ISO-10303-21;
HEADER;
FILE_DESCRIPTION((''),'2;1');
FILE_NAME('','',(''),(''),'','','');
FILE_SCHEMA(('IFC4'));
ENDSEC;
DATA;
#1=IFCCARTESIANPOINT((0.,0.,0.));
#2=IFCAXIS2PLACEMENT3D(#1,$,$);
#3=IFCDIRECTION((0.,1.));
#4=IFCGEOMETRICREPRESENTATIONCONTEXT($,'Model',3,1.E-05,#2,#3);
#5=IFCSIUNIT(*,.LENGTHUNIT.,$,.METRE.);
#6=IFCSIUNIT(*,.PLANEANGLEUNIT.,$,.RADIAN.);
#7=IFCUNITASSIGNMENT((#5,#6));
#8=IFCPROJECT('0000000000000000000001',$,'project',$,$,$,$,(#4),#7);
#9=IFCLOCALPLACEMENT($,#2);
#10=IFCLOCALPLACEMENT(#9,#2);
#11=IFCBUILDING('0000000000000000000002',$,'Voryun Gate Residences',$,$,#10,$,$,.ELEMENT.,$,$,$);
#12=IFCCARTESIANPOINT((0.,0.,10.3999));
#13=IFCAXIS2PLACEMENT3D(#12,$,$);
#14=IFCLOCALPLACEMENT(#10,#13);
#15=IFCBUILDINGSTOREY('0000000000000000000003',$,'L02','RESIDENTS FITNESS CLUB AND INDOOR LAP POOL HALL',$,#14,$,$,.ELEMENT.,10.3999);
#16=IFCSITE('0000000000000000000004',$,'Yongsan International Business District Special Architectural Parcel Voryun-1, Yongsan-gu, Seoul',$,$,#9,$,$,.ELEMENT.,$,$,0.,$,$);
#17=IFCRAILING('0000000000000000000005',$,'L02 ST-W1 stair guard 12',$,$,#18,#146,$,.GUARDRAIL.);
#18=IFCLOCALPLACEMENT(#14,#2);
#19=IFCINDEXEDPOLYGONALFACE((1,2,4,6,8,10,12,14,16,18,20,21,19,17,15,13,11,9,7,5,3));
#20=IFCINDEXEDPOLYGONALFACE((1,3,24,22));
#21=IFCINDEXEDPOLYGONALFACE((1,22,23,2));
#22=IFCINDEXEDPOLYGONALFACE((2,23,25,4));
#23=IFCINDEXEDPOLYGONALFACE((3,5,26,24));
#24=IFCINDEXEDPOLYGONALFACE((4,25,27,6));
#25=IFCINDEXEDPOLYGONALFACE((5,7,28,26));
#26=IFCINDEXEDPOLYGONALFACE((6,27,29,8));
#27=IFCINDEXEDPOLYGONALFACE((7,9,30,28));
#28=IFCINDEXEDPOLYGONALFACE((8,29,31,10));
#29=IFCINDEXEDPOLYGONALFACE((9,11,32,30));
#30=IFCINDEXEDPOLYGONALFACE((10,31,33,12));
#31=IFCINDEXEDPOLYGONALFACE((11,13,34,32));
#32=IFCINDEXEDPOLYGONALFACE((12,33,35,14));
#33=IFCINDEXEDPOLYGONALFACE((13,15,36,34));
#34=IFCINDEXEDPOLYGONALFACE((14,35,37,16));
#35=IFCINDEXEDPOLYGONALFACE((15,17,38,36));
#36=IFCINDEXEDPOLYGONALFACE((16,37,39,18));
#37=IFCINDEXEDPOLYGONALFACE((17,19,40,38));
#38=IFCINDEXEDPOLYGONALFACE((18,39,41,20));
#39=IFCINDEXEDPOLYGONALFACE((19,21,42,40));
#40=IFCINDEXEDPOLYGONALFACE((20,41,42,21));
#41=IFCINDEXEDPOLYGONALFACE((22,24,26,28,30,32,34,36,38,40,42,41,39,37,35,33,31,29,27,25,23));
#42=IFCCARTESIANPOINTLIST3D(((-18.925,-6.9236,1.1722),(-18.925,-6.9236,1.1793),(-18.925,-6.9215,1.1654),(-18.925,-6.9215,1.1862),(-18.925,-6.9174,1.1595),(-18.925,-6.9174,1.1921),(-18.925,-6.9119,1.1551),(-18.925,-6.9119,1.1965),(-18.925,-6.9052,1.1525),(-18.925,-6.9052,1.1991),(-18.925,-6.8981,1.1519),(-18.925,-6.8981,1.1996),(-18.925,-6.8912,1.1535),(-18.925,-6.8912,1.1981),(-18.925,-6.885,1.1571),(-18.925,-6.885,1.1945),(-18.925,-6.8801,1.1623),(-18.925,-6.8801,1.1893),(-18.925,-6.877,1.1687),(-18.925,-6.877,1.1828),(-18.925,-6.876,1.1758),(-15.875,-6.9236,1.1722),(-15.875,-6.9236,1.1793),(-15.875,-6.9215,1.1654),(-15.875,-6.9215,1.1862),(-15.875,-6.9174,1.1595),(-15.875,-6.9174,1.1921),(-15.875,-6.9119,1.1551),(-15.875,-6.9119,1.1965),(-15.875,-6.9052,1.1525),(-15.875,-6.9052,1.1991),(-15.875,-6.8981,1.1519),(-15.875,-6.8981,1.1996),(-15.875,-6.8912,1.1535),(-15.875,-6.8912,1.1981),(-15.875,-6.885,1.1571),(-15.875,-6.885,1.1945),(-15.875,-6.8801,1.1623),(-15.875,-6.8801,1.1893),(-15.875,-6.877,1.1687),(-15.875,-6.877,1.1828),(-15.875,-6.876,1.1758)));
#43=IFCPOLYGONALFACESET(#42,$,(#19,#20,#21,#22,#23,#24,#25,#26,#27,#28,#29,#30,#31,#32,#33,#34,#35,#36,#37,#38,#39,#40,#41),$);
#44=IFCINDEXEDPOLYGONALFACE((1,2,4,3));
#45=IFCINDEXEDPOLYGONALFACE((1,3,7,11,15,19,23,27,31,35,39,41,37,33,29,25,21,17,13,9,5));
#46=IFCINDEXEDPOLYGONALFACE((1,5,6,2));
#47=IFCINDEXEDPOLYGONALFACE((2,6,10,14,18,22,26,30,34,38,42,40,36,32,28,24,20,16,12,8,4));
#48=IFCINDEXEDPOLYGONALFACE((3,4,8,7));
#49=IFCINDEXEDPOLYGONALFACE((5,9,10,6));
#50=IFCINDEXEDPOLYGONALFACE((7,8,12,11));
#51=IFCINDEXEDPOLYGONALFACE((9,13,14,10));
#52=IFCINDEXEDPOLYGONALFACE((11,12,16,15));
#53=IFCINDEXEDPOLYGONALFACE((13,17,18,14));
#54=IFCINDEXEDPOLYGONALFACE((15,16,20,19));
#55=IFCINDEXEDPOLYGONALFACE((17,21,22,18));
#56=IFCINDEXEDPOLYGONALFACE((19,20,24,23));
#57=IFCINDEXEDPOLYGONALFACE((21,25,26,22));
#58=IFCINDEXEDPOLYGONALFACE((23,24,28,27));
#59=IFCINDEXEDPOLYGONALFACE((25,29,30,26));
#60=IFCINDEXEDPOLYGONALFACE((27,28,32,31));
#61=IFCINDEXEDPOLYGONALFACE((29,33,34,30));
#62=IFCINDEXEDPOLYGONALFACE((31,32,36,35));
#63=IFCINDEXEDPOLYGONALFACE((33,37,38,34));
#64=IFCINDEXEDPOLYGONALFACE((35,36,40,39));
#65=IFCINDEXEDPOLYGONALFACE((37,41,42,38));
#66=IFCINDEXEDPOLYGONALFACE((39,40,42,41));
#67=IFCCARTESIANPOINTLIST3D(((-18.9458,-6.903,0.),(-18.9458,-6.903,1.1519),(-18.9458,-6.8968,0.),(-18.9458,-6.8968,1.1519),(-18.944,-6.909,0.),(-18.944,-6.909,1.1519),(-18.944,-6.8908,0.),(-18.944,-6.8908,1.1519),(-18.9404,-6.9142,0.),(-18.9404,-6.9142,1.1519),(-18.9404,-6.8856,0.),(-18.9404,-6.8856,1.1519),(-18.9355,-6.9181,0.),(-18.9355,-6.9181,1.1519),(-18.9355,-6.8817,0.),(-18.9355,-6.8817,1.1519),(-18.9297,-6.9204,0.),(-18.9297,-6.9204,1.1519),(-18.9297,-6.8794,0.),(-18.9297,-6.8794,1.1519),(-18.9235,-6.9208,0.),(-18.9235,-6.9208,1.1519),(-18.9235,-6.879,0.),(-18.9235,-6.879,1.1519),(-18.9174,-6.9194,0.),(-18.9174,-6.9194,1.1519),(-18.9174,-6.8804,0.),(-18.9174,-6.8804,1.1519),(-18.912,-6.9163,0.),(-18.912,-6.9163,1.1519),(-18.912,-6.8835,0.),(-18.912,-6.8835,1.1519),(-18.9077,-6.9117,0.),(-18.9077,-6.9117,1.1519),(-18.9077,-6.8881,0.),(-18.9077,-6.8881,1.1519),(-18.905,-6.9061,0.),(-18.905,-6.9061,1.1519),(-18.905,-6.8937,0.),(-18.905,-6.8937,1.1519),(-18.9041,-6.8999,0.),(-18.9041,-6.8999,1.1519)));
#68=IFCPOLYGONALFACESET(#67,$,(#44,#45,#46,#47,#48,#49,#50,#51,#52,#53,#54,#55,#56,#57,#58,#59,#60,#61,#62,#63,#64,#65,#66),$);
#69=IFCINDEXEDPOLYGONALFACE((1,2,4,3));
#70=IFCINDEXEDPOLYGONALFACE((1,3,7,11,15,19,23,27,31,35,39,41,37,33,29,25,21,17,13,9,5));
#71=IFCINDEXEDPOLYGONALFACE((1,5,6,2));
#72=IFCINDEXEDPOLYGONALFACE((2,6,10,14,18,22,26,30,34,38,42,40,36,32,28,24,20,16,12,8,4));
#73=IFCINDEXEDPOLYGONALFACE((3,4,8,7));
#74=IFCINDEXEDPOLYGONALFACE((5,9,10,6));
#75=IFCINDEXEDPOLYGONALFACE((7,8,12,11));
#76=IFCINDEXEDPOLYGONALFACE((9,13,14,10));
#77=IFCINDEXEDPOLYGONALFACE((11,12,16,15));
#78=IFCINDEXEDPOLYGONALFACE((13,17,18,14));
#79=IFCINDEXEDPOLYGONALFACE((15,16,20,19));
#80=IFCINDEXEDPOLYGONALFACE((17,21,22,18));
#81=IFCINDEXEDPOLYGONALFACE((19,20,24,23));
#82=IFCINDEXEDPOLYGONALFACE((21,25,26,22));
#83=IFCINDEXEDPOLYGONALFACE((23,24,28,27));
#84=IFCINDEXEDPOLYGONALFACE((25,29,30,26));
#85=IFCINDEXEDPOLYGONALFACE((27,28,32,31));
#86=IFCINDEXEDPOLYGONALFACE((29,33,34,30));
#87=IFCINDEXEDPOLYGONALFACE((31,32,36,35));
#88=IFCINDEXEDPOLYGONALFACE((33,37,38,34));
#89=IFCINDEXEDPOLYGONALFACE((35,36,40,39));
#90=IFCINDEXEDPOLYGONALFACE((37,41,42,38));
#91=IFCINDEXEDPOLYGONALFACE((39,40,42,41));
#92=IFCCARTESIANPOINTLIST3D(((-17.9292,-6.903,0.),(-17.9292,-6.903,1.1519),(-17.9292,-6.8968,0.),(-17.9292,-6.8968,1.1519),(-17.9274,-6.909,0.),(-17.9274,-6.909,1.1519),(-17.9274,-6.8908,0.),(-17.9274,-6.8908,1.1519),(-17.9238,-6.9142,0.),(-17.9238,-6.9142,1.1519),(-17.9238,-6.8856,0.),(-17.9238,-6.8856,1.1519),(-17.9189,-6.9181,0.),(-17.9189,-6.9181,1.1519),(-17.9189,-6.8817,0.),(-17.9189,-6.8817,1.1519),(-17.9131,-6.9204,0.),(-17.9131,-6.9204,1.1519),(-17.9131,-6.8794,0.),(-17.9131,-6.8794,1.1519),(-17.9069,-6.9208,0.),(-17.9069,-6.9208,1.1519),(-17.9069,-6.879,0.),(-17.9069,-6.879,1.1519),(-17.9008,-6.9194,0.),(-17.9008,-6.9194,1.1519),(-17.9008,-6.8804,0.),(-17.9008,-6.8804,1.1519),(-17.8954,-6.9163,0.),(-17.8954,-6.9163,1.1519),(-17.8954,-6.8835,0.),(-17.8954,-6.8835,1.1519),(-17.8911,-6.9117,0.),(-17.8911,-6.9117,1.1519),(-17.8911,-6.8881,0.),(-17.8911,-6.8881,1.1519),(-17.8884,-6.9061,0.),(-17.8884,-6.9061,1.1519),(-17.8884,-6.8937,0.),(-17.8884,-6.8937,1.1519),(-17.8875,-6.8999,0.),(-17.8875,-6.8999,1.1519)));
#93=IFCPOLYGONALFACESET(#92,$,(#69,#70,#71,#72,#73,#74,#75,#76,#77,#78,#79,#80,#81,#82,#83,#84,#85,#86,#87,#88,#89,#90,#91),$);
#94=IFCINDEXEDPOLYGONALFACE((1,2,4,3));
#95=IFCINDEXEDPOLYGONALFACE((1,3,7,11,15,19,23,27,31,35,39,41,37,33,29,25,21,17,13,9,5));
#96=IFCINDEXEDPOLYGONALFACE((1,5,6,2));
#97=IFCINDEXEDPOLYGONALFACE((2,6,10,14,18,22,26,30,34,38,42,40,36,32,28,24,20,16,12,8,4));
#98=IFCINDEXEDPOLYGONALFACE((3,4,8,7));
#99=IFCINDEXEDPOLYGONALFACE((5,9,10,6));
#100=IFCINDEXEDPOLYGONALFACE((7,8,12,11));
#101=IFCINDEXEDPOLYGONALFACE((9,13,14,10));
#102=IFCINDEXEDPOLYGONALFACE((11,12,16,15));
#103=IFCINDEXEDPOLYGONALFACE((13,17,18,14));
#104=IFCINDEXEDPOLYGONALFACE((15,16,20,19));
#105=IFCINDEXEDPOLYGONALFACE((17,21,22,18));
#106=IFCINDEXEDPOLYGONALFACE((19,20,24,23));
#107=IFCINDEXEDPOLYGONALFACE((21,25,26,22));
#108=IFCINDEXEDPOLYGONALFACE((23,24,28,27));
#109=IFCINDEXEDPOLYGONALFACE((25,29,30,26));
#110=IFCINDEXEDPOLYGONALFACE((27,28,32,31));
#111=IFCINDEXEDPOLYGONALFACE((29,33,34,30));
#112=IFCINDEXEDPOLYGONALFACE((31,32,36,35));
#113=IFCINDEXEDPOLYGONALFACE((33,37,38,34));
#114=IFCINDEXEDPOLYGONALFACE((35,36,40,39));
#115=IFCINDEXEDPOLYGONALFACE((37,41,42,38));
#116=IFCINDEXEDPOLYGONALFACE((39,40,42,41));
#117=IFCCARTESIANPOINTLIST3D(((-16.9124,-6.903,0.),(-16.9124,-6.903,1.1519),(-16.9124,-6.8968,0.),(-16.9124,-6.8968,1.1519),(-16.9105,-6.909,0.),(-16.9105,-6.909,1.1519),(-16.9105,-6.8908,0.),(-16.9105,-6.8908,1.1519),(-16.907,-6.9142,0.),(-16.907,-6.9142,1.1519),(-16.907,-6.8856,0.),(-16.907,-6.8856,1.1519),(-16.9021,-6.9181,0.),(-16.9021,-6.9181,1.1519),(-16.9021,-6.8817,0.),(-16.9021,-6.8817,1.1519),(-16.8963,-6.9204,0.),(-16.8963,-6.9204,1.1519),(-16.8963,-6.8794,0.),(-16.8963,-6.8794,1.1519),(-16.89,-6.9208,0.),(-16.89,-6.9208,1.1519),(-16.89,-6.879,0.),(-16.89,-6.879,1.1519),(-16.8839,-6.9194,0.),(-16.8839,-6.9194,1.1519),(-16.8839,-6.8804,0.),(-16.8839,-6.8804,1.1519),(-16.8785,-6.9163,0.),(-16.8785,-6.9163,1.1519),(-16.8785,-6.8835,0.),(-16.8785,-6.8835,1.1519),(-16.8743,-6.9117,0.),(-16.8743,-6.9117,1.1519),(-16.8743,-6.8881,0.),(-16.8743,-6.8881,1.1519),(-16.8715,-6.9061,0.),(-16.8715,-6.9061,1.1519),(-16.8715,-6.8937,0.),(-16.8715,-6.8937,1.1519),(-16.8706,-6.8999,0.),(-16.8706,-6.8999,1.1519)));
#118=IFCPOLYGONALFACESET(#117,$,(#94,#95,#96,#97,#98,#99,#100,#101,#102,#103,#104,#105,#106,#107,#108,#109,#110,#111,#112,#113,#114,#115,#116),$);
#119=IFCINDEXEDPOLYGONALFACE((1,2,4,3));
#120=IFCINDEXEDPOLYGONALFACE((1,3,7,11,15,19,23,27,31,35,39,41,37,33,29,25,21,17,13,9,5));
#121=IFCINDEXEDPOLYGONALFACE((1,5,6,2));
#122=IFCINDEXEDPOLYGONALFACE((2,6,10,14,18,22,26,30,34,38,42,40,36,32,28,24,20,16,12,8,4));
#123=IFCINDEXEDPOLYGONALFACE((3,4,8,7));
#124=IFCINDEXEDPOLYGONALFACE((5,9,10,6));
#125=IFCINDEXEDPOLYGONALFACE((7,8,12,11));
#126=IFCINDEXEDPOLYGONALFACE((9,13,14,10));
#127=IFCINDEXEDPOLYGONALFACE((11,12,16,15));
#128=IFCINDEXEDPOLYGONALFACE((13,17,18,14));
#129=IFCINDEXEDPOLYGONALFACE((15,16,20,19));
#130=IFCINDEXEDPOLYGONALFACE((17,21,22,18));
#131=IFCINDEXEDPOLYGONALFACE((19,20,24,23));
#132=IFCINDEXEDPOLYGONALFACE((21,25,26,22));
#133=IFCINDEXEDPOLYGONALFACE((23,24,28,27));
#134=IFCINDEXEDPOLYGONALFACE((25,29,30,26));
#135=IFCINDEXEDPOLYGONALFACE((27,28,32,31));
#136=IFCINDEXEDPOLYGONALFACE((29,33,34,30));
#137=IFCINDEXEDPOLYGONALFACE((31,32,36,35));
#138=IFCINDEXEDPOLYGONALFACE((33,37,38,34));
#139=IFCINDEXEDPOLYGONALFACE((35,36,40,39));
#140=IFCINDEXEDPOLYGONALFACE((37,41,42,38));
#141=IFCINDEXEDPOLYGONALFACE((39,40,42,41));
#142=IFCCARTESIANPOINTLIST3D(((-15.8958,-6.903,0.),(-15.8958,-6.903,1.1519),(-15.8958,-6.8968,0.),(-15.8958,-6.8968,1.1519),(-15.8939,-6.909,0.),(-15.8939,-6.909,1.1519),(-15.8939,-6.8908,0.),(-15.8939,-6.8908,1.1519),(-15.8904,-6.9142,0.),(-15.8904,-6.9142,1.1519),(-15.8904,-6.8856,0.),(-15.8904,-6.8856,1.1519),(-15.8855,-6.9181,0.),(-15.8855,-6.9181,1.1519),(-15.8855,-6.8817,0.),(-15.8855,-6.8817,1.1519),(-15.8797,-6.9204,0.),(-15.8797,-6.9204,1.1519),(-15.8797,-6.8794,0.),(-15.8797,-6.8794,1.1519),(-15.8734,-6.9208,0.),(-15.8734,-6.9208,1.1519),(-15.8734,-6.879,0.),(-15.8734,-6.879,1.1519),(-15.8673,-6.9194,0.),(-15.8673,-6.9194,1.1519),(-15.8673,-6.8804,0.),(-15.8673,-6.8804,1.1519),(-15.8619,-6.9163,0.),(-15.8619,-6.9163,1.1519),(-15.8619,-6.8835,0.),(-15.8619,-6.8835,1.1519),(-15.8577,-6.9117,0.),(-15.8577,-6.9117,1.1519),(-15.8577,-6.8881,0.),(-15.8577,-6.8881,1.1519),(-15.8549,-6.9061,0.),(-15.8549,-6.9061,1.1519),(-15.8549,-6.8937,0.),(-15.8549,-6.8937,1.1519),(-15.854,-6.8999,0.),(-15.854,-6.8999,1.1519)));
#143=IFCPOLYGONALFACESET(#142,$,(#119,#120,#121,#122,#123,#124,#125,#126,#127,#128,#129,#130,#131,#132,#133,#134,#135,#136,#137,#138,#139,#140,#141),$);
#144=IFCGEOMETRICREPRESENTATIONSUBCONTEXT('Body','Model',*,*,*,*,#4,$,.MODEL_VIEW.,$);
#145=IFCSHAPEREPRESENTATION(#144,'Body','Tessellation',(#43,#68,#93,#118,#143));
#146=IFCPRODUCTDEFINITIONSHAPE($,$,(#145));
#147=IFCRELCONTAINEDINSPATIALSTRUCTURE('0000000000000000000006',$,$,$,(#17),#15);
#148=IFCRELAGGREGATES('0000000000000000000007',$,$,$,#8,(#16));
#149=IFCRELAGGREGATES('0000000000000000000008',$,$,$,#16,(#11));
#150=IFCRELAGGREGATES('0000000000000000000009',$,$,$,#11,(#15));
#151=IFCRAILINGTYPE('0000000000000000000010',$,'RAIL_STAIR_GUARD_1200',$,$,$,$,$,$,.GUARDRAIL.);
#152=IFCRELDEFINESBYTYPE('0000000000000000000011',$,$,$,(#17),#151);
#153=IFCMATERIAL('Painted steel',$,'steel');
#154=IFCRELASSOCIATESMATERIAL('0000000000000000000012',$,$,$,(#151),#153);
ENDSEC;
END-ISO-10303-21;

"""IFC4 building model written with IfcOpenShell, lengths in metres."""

from ifc_helpers import new_model, si_unit, direction, frame, origin, origin_2d, place, context, subcontext, project, spatial, circle, extrude, material, type_object, element, save


model = new_model("IFC4")

# Units and contexts
model_context = context("Model", 3, precision=1e-05, world=origin(), true_north=direction((0.0, 1.0)))
body_context = subcontext(model_context, "Body", "Model", "MODEL_VIEW")
ifc_project = project(units=[si_unit("LENGTHUNIT", "METRE"), si_unit("PLANEANGLEUNIT", "RADIAN")], contexts=[model_context])

# Site, building, storey
site_placement = place(None, origin())
site = spatial("IfcSite", under=ifc_project, at=site_placement, Name="Yongsan International Business District Special Architectural Parcel Voryun-1, Yongsan-gu, Seoul", CompositionType="ELEMENT", RefElevation=0.0)
building_placement = place(site_placement, origin())
building = spatial("IfcBuilding", under=site, at=building_placement, Name="Voryun Gate Residences", CompositionType="ELEMENT")
storey_placement = place(building_placement, frame((0.0, 0.0, 10.3999)))
storey = spatial("IfcBuildingStorey", under=building, at=storey_placement, Name="L02", Description="RESIDENTS FITNESS CLUB AND INDOOR LAP POOL HALL", CompositionType="ELEMENT", Elevation=10.3999)

# Railing
ifc_material_1 = material(Name="Painted steel", Category="steel")
railing_type_1 = type_object("IfcRailingType", Name="RAIL_STAIR_GUARD_1200", PredefinedType="GUARDRAIL", material=ifc_material_1)
railing_1_placement = place(storey_placement, frame((-18.925, -6.8999, 0.0)))
element("IfcRailing", 1, at=railing_1_placement, inside=storey, type_object=railing_type_1, Name="L02 ST-W1 stair guard 12", PredefinedType="GUARDRAIL", context=body_context, shape_type="SweptSolid", body=[
    extrude(circle(Radius=0.0239, at=origin_2d()), frame((0.0, 0.0, 1.1758), z_axis=(1.0, 0.0, 0.0), x_axis=(0.0, 1.0, 0.0)), (0.0, 0.0, 1.0), 3.05),
    extrude(circle(Radius=0.021, at=origin_2d()), origin(), (0.0, 0.0, 1.0), 1.1519),
    extrude(circle(Radius=0.021, at=origin_2d()), frame((1.0166, 0.0, 0.0)), (0.0, 0.0, 1.0), 1.1519),
    extrude(circle(Radius=0.021, at=origin_2d()), frame((2.0334, 0.0, 0.0)), (0.0, 0.0, 1.0), 1.1519),
    extrude(circle(Radius=0.021, at=origin_2d()), frame((3.05, 0.0, 0.0)), (0.0, 0.0, 1.0), 1.1519),
])

save(model, "model.ifc")
